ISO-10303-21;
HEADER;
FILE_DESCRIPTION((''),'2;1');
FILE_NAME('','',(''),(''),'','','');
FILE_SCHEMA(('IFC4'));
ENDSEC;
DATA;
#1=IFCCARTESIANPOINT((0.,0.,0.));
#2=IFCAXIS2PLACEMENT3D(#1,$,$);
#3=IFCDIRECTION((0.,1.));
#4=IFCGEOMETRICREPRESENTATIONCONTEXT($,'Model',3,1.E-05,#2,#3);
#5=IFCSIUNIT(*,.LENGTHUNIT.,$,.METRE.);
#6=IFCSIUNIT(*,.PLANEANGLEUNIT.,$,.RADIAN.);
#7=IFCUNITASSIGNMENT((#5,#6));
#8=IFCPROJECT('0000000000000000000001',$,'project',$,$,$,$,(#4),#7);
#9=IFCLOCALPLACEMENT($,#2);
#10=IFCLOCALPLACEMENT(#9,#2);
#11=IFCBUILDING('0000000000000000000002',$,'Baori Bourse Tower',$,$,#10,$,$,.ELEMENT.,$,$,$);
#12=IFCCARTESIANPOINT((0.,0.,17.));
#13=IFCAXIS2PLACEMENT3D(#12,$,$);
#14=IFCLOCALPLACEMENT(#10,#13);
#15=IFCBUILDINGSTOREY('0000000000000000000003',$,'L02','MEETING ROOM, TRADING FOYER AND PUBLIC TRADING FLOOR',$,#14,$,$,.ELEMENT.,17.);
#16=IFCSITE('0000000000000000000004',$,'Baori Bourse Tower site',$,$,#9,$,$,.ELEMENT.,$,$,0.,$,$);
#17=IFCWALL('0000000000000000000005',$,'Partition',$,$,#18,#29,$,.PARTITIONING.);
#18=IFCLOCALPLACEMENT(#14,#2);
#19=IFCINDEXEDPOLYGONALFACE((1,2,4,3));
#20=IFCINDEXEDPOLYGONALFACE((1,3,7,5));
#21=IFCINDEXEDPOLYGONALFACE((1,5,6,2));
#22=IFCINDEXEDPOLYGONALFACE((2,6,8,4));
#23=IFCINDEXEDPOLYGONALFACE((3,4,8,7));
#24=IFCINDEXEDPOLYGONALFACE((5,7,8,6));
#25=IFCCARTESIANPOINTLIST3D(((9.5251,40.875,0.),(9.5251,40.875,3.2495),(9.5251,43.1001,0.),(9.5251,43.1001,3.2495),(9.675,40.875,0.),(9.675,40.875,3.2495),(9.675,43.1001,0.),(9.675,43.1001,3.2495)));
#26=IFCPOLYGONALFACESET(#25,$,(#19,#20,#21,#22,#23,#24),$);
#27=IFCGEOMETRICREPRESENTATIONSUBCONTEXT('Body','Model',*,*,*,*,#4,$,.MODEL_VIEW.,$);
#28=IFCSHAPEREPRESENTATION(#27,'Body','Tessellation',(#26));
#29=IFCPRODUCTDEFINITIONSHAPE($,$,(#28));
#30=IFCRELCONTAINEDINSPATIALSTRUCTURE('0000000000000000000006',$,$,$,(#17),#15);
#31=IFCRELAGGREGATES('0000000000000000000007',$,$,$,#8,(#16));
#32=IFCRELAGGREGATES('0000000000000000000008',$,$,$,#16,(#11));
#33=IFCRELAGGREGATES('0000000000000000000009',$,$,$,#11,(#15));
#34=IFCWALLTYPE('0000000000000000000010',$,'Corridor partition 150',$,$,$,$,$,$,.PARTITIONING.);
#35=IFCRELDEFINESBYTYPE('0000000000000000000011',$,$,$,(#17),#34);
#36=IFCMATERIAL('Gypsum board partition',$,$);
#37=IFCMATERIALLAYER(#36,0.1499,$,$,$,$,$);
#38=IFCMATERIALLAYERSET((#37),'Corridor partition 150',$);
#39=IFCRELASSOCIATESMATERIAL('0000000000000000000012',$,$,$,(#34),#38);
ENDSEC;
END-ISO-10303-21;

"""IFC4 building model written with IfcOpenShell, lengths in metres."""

from ifc_helpers import new_model, si_unit, direction, frame, frame_2d, origin, place, context, subcontext, project, spatial, rectangle, extrude, material, layer, layer_set, type_object, element, save


model = new_model("IFC4")

# Units and contexts
model_context = context("Model", 3, precision=1e-05, world=origin(), true_north=direction((0.0, 1.0)))
body_context = subcontext(model_context, "Body", "Model", "MODEL_VIEW")
ifc_project = project(units=[si_unit("LENGTHUNIT", "METRE"), si_unit("PLANEANGLEUNIT", "RADIAN")], contexts=[model_context])

# Site, building, storey
site_placement = place(None, origin())
site = spatial("IfcSite", under=ifc_project, at=site_placement, Name="Baori Bourse Tower site", CompositionType="ELEMENT", RefElevation=0.0)
building_placement = place(site_placement, origin())
building = spatial("IfcBuilding", under=site, at=building_placement, Name="Baori Bourse Tower", CompositionType="ELEMENT")
storey_placement = place(building_placement, frame((0.0, 0.0, 17.0)))
storey = spatial("IfcBuildingStorey", under=building, at=storey_placement, Name="L02", Description="MEETING ROOM, TRADING FOYER AND PUBLIC TRADING FLOOR", CompositionType="ELEMENT", Elevation=17.0)

# Shared definitions
ifc_material_1 = material(Name="Gypsum board partition")
ifc_layer_1 = layer(ifc_material_1, 0.1499)
ifc_layer_set_1 = layer_set([ifc_layer_1], Name="Corridor partition 150")
wall_type = type_object("IfcWallType", Name="Corridor partition 150", PredefinedType="PARTITIONING", material=ifc_layer_set_1)

# Wall
wall_1_placement = place(storey_placement, frame((9.6001, 40.875, 0.0), z_axis=(0.0, 0.0, 1.0), x_axis=(0.0, 1.0, 0.0)))
element("IfcWall", 1, at=wall_1_placement, inside=storey, type_object=wall_type, Name="Partition", PredefinedType="PARTITIONING", context=body_context, shape_type="SweptSolid", body=[
    extrude(rectangle(XDim=2.2251, YDim=0.1499, at=frame_2d((1.1125, 0.0))), origin(), (0.0, 0.0, 1.0), 3.2495),
])

save(model, "model.ifc")
